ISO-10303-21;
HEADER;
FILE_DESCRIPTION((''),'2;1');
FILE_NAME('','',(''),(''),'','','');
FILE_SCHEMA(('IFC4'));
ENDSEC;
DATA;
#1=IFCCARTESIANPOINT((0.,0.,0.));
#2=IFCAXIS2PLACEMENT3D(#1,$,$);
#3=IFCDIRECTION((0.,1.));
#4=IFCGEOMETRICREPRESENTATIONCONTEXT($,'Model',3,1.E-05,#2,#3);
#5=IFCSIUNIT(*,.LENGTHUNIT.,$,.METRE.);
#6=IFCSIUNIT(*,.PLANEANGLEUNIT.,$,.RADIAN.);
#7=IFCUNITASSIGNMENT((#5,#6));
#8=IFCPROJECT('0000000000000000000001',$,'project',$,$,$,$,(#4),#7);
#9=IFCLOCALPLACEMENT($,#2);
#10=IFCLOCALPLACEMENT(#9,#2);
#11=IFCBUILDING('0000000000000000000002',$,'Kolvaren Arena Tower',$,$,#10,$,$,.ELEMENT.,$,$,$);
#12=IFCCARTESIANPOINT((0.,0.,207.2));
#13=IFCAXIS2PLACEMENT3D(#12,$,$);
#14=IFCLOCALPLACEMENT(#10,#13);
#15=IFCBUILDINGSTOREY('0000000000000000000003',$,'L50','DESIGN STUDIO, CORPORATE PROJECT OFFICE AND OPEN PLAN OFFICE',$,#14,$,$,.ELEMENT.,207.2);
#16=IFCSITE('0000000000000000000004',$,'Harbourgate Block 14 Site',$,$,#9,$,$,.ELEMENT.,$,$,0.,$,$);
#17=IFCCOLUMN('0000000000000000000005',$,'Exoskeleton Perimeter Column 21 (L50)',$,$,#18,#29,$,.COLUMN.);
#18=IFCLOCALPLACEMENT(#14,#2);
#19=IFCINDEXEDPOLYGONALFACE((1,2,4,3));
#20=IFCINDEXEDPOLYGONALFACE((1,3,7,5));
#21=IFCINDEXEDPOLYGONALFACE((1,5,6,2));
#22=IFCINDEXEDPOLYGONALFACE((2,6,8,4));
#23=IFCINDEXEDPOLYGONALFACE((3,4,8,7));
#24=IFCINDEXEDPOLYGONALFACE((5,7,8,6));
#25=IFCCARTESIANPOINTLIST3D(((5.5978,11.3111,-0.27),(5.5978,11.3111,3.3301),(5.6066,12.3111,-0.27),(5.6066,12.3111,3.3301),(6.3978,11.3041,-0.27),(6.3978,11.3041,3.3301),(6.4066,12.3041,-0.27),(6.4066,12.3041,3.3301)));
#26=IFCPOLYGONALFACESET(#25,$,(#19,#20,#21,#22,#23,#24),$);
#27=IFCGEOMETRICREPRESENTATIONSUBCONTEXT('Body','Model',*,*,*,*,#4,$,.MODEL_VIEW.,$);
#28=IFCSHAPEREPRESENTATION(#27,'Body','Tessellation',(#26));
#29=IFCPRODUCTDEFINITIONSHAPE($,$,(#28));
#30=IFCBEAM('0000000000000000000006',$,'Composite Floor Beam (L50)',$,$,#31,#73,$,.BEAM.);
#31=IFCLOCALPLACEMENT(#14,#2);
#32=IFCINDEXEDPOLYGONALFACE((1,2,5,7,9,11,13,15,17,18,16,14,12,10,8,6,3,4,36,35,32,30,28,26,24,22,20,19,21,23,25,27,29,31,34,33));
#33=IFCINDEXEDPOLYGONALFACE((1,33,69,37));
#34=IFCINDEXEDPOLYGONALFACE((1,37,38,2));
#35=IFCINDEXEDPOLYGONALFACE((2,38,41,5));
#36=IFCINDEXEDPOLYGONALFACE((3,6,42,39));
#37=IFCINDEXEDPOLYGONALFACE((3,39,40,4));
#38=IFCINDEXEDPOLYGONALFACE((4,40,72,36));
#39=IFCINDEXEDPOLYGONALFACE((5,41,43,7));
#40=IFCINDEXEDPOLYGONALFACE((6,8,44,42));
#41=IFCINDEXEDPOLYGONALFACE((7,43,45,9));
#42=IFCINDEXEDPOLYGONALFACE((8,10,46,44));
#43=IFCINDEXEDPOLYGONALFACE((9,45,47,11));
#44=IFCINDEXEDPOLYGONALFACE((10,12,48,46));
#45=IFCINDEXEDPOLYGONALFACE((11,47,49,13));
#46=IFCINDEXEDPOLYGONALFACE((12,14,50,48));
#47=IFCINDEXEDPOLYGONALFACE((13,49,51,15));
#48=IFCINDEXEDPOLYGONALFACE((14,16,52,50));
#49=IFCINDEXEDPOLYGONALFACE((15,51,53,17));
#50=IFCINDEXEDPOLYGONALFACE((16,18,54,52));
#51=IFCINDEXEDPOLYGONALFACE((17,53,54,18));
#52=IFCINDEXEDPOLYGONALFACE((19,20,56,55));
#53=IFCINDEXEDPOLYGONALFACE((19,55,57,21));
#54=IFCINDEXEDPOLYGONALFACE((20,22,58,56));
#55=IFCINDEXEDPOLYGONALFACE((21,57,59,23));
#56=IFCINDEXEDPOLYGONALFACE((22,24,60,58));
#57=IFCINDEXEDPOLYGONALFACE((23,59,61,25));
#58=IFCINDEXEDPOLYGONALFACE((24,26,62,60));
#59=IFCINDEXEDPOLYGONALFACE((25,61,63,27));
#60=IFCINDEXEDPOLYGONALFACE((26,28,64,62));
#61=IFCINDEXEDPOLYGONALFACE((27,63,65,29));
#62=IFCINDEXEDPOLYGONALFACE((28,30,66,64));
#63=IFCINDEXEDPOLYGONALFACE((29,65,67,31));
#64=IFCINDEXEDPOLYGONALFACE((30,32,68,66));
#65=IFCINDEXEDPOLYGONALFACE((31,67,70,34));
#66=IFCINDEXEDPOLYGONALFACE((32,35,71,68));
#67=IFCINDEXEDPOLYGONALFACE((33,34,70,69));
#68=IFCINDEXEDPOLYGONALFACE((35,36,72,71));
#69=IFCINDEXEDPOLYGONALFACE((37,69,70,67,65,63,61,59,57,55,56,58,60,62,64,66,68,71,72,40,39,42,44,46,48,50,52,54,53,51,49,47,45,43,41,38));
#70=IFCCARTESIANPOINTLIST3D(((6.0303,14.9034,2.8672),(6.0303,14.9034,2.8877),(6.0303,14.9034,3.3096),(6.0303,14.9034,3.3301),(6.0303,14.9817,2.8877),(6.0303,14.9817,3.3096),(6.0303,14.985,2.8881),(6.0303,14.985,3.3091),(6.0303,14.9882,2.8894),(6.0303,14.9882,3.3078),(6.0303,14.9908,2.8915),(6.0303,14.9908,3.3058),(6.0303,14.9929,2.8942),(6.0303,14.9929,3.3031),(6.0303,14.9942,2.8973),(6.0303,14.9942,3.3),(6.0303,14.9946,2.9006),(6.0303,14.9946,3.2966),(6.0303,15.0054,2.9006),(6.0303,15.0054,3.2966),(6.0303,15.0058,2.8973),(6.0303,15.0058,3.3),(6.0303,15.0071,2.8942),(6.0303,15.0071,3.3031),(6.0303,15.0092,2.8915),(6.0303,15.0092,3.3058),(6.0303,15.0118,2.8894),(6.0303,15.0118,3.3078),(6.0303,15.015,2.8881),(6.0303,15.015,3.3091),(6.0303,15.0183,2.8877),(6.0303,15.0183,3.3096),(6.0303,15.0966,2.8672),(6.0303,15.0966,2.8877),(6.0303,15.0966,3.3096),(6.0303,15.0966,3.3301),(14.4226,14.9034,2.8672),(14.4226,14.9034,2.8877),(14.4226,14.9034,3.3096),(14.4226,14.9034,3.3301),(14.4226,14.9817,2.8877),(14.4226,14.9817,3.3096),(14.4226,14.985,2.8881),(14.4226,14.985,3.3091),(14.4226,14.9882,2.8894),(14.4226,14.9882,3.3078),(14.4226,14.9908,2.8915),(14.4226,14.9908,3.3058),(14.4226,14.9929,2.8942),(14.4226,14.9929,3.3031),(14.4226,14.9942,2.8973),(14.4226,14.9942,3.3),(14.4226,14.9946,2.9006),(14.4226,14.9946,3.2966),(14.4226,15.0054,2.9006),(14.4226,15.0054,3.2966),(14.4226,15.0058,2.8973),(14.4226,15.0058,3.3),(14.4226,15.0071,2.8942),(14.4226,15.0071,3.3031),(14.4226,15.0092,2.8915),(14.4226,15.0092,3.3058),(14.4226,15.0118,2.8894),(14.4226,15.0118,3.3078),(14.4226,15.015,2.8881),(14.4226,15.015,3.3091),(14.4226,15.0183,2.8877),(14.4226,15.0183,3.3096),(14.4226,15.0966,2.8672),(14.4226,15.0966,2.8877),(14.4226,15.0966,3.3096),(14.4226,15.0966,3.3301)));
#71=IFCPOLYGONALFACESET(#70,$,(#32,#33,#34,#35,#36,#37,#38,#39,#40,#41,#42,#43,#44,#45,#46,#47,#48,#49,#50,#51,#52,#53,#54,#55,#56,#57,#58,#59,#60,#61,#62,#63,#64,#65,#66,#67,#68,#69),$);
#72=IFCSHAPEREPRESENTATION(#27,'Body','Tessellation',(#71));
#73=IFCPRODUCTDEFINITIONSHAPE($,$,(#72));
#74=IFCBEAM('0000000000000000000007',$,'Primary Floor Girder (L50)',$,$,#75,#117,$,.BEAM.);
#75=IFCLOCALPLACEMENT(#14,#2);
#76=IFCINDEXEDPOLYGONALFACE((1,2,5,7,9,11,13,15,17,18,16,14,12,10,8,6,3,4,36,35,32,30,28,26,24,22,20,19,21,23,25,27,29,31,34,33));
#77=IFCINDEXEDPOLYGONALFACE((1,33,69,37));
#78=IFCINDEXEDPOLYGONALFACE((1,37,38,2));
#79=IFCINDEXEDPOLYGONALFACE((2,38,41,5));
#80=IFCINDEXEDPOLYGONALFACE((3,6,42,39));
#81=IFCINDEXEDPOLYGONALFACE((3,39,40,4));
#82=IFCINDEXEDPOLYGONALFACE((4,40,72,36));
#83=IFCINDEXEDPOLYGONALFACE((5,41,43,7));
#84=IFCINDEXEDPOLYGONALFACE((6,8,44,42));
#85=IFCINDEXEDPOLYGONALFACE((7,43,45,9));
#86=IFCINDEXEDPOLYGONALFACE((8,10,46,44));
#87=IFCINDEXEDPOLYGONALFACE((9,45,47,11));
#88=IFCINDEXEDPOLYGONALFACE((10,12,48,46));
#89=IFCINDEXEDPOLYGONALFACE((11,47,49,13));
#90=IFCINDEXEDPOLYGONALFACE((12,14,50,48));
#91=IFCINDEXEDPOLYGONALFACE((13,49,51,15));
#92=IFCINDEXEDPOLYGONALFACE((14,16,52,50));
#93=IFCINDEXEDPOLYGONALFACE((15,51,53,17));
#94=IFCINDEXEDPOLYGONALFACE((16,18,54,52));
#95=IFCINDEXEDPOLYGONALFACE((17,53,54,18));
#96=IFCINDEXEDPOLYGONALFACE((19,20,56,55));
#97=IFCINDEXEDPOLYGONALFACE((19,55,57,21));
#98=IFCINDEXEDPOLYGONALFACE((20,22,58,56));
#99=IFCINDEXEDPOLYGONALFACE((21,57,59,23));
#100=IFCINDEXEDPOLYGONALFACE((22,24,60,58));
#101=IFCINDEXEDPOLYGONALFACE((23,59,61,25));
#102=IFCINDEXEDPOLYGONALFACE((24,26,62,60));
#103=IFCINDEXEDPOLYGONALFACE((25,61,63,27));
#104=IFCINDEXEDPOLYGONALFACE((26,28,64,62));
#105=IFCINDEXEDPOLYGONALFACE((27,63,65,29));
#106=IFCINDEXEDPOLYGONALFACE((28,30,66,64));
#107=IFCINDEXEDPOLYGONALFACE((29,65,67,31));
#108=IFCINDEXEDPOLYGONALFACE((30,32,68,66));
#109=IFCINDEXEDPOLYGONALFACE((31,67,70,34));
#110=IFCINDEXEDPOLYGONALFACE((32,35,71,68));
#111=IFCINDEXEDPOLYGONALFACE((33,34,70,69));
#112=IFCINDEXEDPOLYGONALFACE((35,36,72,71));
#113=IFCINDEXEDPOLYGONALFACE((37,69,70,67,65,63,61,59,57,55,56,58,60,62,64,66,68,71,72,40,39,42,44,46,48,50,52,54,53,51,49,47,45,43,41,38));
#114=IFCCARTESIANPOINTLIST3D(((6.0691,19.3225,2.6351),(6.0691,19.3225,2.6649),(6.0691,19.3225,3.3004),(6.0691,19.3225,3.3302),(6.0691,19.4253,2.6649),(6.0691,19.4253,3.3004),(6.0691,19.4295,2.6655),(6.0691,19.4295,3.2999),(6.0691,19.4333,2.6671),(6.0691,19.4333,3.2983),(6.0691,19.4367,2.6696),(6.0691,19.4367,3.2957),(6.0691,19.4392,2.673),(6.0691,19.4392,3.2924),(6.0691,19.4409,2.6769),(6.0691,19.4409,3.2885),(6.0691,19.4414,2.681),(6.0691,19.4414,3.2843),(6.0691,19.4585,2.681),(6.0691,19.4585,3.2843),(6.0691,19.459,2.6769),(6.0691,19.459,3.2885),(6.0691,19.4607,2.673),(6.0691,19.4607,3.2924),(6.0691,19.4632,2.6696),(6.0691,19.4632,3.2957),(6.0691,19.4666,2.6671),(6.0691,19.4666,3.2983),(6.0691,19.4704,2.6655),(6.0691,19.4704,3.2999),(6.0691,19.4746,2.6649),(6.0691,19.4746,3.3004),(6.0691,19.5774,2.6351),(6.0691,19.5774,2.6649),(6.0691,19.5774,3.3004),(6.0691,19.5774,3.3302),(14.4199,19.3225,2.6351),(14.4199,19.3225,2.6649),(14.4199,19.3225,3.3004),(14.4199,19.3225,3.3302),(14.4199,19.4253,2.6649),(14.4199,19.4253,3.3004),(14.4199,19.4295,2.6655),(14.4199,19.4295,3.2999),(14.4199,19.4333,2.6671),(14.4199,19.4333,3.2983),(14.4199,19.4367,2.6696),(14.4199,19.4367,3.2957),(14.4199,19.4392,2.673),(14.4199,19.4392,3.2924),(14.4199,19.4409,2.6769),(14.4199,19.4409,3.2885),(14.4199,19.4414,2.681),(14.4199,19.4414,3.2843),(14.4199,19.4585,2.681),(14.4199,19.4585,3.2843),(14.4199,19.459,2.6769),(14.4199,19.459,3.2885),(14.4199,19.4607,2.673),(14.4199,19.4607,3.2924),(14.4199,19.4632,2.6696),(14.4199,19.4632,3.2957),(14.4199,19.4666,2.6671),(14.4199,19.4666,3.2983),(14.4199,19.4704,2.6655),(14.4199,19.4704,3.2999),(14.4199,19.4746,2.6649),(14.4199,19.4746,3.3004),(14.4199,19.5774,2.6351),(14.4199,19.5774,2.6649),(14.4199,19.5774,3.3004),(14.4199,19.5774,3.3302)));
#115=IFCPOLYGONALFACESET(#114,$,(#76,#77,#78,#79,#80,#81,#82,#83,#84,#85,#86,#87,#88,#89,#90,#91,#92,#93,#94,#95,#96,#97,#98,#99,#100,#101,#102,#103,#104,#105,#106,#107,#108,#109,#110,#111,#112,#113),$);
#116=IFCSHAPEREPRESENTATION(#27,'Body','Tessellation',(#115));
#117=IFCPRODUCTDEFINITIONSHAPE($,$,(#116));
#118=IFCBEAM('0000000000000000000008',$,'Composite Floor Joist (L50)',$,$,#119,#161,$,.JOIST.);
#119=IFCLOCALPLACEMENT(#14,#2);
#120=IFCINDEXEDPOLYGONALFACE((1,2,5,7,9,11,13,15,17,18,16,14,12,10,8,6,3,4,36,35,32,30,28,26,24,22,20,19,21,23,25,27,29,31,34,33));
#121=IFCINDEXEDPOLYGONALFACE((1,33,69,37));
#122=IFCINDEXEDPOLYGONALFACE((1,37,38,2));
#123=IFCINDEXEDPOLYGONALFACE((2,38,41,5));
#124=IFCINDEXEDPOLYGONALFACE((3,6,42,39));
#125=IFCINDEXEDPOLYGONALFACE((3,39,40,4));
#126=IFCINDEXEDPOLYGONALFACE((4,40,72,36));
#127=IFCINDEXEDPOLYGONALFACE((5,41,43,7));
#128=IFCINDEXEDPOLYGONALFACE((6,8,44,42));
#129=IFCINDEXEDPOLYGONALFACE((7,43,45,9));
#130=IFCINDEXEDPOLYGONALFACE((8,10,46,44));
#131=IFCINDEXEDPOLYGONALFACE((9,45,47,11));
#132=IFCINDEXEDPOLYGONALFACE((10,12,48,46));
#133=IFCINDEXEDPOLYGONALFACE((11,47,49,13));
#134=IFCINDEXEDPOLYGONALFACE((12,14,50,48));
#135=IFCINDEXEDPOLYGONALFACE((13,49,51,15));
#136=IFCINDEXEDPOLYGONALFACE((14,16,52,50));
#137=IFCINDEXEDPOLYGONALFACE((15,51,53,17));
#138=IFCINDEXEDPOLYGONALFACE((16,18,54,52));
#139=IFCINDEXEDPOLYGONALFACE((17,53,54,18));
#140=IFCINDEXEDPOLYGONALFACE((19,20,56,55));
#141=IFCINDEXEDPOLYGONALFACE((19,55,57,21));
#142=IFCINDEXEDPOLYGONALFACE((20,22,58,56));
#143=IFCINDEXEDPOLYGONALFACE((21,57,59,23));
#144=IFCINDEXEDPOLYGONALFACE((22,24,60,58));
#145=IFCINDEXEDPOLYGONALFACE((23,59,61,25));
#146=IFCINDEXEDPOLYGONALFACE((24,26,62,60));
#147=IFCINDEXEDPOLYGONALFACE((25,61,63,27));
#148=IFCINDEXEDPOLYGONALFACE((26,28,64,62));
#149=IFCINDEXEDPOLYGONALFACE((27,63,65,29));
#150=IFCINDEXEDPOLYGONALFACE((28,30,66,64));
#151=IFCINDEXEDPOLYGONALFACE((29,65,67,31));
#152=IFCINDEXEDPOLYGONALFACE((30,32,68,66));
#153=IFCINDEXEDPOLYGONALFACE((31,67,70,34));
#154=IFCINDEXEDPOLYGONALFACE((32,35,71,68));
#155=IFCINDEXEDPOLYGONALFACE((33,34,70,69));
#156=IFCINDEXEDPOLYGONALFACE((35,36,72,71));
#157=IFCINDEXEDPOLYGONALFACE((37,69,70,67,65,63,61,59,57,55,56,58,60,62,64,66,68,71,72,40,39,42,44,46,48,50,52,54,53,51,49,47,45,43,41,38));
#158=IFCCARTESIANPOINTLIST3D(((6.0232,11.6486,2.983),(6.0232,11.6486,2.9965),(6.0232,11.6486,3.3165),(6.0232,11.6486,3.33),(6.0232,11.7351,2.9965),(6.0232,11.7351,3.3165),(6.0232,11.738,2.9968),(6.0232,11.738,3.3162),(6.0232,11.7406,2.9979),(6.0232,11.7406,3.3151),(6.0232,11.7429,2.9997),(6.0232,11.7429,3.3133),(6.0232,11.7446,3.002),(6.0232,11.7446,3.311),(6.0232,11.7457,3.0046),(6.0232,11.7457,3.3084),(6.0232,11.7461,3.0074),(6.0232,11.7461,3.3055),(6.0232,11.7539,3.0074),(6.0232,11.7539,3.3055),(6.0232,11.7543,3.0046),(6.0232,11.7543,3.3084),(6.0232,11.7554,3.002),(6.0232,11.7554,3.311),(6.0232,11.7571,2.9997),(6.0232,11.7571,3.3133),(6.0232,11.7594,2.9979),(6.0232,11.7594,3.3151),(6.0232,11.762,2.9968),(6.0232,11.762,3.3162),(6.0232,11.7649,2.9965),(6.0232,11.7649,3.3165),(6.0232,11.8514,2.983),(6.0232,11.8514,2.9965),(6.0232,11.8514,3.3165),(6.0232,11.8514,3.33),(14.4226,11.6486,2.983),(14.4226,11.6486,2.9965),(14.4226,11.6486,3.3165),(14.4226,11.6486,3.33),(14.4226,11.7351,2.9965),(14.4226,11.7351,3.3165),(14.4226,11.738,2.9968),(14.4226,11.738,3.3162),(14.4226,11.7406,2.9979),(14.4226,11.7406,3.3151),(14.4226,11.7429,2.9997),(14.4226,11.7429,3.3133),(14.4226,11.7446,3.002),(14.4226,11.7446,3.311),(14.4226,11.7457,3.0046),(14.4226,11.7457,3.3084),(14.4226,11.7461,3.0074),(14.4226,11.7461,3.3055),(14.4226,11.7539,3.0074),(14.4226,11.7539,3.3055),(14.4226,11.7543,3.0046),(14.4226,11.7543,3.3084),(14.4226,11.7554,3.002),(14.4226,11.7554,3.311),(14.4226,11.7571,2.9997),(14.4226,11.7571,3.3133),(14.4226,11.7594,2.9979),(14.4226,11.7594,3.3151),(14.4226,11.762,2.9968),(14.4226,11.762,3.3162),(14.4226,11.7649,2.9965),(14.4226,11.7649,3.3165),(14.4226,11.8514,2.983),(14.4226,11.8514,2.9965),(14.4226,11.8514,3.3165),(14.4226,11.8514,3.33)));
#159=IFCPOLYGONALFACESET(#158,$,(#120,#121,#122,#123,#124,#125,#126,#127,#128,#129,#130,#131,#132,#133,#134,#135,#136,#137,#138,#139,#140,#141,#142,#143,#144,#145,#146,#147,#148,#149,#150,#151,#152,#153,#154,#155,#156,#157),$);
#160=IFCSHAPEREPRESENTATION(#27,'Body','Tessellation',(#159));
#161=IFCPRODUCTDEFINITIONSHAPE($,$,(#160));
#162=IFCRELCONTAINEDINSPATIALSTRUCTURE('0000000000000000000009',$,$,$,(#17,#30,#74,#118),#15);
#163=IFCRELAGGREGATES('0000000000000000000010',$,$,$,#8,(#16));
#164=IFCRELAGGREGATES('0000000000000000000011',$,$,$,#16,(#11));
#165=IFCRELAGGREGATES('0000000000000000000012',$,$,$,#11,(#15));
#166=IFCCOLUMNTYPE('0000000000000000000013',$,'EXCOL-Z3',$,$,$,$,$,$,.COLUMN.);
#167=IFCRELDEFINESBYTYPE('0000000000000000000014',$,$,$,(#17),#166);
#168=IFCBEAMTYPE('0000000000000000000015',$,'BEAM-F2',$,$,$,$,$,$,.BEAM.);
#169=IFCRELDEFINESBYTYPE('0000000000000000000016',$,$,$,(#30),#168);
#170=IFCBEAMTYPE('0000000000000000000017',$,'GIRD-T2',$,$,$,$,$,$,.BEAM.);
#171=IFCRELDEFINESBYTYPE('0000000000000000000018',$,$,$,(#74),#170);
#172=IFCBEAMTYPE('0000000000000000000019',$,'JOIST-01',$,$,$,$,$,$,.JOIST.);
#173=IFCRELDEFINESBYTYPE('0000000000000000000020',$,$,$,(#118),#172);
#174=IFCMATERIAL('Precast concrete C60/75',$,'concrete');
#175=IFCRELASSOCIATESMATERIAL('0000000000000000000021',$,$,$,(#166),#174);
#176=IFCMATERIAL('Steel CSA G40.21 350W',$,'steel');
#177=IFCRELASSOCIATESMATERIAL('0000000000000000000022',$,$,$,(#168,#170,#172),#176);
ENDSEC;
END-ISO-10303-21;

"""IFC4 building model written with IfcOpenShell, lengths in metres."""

from ifc_helpers import new_model, si_unit, direction, frame, origin, origin_2d, place, context, subcontext, project, spatial, rectangle, i_section, extrude, material, material_profile, profile_set, type_object, element, save


model = new_model("IFC4")

# Units and contexts
model_context = context("Model", 3, precision=1e-05, world=origin(), true_north=direction((0.0, 1.0)))
body_context = subcontext(model_context, "Body", "Model", "MODEL_VIEW")
ifc_project = project(units=[si_unit("LENGTHUNIT", "METRE"), si_unit("PLANEANGLEUNIT", "RADIAN")], contexts=[model_context])

# Site, building, storey
site_placement = place(None, origin())
site = spatial("IfcSite", under=ifc_project, at=site_placement, Name="Harbourgate Block 14 Site", CompositionType="ELEMENT", RefElevation=0.0)
building_placement = place(site_placement, origin())
building = spatial("IfcBuilding", under=site, at=building_placement, Name="Kolvaren Arena Tower", CompositionType="ELEMENT")
storey_placement = place(building_placement, frame((0.0, 0.0, 207.2)))
storey = spatial("IfcBuildingStorey", under=building, at=storey_placement, Name="L50", Description="DESIGN STUDIO, CORPORATE PROJECT OFFICE AND OPEN PLAN OFFICE", CompositionType="ELEMENT", Elevation=207.2)

# Column
ifc_material_1 = material(Name="Precast concrete C60/75", Category="concrete")
ifc_material_profile_1 = material_profile(ifc_material_1, rectangle(XDim=1.0, YDim=0.8, at=origin_2d()), Name="RC-1000x800")
ifc_profile_set_1 = profile_set([ifc_material_profile_1], Name="Precast concrete C60/75")
column_type = type_object("IfcColumnType", Name="EXCOL-Z3", PredefinedType="COLUMN", material=ifc_profile_set_1)
column_placement = place(storey_placement, frame((6.0022, 11.8076, -0.27), z_axis=(0.0, 0.0, 1.0), x_axis=(0.008727, 0.999962, 0.0)))
element("IfcColumn", 1, at=column_placement, inside=storey, type_object=column_type, Name="Exoskeleton Perimeter Column 21 (L50)", PredefinedType="COLUMN", context=body_context, shape_type="SweptSolid", body=[
    extrude(rectangle(XDim=1.0, YDim=0.8, at=origin_2d()), origin(), (0.0, 0.0, 1.0), 3.6001),
])

# Beams
ifc_material_2 = material(Name="Steel CSA G40.21 350W", Category="steel")
ifc_material_profile_2 = material_profile(ifc_material_2, i_section(OverallWidth=0.1931, OverallDepth=0.4629, WebThickness=0.0107, FlangeThickness=0.0205, FilletRadius=0.0129, at=origin_2d()), Name="W460x113")
ifc_profile_set_2 = profile_set([ifc_material_profile_2], Name="Steel CSA G40.21 350W")
beam_type_1 = type_object("IfcBeamType", Name="BEAM-F2", PredefinedType="BEAM", material=ifc_profile_set_2)
beam_1_placement = place(storey_placement, frame((6.0303, 15.0, 3.0986), z_axis=(1.0, 0.0, 0.0), x_axis=(0.0, 1.0, 0.0)))
element("IfcBeam", 2, at=beam_1_placement, inside=storey, type_object=beam_type_1, Name="Composite Floor Beam (L50)", PredefinedType="BEAM", context=body_context, shape_type="SweptSolid", body=[
    extrude(i_section(OverallWidth=0.1931, OverallDepth=0.4629, WebThickness=0.0107, FlangeThickness=0.0205, FilletRadius=0.0129, at=origin_2d()), origin(), (0.0, 0.0, 1.0), 8.3923),
])
ifc_material_profile_3 = material_profile(ifc_material_2, i_section(OverallWidth=0.2549, OverallDepth=0.6951, WebThickness=0.0171, FlangeThickness=0.0298, FilletRadius=0.0161, at=origin_2d()), Name="W690x217")
ifc_profile_set_3 = profile_set([ifc_material_profile_3], Name="Steel CSA G40.21 350W")
beam_type_2 = type_object("IfcBeamType", Name="GIRD-T2", PredefinedType="BEAM", material=ifc_profile_set_3)
beam_2_placement = place(storey_placement, frame((6.0691, 19.45, 2.9827), z_axis=(1.0, 0.0, 0.0), x_axis=(0.0, 1.0, 0.0)))
element("IfcBeam", 3, at=beam_2_placement, inside=storey, type_object=beam_type_2, Name="Primary Floor Girder (L50)", PredefinedType="BEAM", context=body_context, shape_type="SweptSolid", body=[
    extrude(i_section(OverallWidth=0.2549, OverallDepth=0.6951, WebThickness=0.0171, FlangeThickness=0.0298, FilletRadius=0.0161, at=origin_2d()), origin(), (0.0, 0.0, 1.0), 8.3508),
])
ifc_material_profile_4 = material_profile(ifc_material_2, i_section(OverallWidth=0.2029, OverallDepth=0.3469, WebThickness=0.0078, FlangeThickness=0.0134, FilletRadius=0.011, at=origin_2d()), Name="W360x64")
ifc_profile_set_4 = profile_set([ifc_material_profile_4], Name="Steel CSA G40.21 350W")
beam_type_3 = type_object("IfcBeamType", Name="JOIST-01", PredefinedType="JOIST", material=ifc_profile_set_4)
beam_3_placement = place(storey_placement, frame((6.0232, 11.75, 3.1565), z_axis=(1.0, 0.0, 0.0), x_axis=(0.0, 1.0, 0.0)))
element("IfcBeam", 4, at=beam_3_placement, inside=storey, type_object=beam_type_3, Name="Composite Floor Joist (L50)", PredefinedType="JOIST", context=body_context, shape_type="SweptSolid", body=[
    extrude(i_section(OverallWidth=0.2029, OverallDepth=0.3469, WebThickness=0.0078, FlangeThickness=0.0134, FilletRadius=0.011, at=origin_2d()), origin(), (0.0, 0.0, 1.0), 8.3994),
])

save(model, "model.ifc")
